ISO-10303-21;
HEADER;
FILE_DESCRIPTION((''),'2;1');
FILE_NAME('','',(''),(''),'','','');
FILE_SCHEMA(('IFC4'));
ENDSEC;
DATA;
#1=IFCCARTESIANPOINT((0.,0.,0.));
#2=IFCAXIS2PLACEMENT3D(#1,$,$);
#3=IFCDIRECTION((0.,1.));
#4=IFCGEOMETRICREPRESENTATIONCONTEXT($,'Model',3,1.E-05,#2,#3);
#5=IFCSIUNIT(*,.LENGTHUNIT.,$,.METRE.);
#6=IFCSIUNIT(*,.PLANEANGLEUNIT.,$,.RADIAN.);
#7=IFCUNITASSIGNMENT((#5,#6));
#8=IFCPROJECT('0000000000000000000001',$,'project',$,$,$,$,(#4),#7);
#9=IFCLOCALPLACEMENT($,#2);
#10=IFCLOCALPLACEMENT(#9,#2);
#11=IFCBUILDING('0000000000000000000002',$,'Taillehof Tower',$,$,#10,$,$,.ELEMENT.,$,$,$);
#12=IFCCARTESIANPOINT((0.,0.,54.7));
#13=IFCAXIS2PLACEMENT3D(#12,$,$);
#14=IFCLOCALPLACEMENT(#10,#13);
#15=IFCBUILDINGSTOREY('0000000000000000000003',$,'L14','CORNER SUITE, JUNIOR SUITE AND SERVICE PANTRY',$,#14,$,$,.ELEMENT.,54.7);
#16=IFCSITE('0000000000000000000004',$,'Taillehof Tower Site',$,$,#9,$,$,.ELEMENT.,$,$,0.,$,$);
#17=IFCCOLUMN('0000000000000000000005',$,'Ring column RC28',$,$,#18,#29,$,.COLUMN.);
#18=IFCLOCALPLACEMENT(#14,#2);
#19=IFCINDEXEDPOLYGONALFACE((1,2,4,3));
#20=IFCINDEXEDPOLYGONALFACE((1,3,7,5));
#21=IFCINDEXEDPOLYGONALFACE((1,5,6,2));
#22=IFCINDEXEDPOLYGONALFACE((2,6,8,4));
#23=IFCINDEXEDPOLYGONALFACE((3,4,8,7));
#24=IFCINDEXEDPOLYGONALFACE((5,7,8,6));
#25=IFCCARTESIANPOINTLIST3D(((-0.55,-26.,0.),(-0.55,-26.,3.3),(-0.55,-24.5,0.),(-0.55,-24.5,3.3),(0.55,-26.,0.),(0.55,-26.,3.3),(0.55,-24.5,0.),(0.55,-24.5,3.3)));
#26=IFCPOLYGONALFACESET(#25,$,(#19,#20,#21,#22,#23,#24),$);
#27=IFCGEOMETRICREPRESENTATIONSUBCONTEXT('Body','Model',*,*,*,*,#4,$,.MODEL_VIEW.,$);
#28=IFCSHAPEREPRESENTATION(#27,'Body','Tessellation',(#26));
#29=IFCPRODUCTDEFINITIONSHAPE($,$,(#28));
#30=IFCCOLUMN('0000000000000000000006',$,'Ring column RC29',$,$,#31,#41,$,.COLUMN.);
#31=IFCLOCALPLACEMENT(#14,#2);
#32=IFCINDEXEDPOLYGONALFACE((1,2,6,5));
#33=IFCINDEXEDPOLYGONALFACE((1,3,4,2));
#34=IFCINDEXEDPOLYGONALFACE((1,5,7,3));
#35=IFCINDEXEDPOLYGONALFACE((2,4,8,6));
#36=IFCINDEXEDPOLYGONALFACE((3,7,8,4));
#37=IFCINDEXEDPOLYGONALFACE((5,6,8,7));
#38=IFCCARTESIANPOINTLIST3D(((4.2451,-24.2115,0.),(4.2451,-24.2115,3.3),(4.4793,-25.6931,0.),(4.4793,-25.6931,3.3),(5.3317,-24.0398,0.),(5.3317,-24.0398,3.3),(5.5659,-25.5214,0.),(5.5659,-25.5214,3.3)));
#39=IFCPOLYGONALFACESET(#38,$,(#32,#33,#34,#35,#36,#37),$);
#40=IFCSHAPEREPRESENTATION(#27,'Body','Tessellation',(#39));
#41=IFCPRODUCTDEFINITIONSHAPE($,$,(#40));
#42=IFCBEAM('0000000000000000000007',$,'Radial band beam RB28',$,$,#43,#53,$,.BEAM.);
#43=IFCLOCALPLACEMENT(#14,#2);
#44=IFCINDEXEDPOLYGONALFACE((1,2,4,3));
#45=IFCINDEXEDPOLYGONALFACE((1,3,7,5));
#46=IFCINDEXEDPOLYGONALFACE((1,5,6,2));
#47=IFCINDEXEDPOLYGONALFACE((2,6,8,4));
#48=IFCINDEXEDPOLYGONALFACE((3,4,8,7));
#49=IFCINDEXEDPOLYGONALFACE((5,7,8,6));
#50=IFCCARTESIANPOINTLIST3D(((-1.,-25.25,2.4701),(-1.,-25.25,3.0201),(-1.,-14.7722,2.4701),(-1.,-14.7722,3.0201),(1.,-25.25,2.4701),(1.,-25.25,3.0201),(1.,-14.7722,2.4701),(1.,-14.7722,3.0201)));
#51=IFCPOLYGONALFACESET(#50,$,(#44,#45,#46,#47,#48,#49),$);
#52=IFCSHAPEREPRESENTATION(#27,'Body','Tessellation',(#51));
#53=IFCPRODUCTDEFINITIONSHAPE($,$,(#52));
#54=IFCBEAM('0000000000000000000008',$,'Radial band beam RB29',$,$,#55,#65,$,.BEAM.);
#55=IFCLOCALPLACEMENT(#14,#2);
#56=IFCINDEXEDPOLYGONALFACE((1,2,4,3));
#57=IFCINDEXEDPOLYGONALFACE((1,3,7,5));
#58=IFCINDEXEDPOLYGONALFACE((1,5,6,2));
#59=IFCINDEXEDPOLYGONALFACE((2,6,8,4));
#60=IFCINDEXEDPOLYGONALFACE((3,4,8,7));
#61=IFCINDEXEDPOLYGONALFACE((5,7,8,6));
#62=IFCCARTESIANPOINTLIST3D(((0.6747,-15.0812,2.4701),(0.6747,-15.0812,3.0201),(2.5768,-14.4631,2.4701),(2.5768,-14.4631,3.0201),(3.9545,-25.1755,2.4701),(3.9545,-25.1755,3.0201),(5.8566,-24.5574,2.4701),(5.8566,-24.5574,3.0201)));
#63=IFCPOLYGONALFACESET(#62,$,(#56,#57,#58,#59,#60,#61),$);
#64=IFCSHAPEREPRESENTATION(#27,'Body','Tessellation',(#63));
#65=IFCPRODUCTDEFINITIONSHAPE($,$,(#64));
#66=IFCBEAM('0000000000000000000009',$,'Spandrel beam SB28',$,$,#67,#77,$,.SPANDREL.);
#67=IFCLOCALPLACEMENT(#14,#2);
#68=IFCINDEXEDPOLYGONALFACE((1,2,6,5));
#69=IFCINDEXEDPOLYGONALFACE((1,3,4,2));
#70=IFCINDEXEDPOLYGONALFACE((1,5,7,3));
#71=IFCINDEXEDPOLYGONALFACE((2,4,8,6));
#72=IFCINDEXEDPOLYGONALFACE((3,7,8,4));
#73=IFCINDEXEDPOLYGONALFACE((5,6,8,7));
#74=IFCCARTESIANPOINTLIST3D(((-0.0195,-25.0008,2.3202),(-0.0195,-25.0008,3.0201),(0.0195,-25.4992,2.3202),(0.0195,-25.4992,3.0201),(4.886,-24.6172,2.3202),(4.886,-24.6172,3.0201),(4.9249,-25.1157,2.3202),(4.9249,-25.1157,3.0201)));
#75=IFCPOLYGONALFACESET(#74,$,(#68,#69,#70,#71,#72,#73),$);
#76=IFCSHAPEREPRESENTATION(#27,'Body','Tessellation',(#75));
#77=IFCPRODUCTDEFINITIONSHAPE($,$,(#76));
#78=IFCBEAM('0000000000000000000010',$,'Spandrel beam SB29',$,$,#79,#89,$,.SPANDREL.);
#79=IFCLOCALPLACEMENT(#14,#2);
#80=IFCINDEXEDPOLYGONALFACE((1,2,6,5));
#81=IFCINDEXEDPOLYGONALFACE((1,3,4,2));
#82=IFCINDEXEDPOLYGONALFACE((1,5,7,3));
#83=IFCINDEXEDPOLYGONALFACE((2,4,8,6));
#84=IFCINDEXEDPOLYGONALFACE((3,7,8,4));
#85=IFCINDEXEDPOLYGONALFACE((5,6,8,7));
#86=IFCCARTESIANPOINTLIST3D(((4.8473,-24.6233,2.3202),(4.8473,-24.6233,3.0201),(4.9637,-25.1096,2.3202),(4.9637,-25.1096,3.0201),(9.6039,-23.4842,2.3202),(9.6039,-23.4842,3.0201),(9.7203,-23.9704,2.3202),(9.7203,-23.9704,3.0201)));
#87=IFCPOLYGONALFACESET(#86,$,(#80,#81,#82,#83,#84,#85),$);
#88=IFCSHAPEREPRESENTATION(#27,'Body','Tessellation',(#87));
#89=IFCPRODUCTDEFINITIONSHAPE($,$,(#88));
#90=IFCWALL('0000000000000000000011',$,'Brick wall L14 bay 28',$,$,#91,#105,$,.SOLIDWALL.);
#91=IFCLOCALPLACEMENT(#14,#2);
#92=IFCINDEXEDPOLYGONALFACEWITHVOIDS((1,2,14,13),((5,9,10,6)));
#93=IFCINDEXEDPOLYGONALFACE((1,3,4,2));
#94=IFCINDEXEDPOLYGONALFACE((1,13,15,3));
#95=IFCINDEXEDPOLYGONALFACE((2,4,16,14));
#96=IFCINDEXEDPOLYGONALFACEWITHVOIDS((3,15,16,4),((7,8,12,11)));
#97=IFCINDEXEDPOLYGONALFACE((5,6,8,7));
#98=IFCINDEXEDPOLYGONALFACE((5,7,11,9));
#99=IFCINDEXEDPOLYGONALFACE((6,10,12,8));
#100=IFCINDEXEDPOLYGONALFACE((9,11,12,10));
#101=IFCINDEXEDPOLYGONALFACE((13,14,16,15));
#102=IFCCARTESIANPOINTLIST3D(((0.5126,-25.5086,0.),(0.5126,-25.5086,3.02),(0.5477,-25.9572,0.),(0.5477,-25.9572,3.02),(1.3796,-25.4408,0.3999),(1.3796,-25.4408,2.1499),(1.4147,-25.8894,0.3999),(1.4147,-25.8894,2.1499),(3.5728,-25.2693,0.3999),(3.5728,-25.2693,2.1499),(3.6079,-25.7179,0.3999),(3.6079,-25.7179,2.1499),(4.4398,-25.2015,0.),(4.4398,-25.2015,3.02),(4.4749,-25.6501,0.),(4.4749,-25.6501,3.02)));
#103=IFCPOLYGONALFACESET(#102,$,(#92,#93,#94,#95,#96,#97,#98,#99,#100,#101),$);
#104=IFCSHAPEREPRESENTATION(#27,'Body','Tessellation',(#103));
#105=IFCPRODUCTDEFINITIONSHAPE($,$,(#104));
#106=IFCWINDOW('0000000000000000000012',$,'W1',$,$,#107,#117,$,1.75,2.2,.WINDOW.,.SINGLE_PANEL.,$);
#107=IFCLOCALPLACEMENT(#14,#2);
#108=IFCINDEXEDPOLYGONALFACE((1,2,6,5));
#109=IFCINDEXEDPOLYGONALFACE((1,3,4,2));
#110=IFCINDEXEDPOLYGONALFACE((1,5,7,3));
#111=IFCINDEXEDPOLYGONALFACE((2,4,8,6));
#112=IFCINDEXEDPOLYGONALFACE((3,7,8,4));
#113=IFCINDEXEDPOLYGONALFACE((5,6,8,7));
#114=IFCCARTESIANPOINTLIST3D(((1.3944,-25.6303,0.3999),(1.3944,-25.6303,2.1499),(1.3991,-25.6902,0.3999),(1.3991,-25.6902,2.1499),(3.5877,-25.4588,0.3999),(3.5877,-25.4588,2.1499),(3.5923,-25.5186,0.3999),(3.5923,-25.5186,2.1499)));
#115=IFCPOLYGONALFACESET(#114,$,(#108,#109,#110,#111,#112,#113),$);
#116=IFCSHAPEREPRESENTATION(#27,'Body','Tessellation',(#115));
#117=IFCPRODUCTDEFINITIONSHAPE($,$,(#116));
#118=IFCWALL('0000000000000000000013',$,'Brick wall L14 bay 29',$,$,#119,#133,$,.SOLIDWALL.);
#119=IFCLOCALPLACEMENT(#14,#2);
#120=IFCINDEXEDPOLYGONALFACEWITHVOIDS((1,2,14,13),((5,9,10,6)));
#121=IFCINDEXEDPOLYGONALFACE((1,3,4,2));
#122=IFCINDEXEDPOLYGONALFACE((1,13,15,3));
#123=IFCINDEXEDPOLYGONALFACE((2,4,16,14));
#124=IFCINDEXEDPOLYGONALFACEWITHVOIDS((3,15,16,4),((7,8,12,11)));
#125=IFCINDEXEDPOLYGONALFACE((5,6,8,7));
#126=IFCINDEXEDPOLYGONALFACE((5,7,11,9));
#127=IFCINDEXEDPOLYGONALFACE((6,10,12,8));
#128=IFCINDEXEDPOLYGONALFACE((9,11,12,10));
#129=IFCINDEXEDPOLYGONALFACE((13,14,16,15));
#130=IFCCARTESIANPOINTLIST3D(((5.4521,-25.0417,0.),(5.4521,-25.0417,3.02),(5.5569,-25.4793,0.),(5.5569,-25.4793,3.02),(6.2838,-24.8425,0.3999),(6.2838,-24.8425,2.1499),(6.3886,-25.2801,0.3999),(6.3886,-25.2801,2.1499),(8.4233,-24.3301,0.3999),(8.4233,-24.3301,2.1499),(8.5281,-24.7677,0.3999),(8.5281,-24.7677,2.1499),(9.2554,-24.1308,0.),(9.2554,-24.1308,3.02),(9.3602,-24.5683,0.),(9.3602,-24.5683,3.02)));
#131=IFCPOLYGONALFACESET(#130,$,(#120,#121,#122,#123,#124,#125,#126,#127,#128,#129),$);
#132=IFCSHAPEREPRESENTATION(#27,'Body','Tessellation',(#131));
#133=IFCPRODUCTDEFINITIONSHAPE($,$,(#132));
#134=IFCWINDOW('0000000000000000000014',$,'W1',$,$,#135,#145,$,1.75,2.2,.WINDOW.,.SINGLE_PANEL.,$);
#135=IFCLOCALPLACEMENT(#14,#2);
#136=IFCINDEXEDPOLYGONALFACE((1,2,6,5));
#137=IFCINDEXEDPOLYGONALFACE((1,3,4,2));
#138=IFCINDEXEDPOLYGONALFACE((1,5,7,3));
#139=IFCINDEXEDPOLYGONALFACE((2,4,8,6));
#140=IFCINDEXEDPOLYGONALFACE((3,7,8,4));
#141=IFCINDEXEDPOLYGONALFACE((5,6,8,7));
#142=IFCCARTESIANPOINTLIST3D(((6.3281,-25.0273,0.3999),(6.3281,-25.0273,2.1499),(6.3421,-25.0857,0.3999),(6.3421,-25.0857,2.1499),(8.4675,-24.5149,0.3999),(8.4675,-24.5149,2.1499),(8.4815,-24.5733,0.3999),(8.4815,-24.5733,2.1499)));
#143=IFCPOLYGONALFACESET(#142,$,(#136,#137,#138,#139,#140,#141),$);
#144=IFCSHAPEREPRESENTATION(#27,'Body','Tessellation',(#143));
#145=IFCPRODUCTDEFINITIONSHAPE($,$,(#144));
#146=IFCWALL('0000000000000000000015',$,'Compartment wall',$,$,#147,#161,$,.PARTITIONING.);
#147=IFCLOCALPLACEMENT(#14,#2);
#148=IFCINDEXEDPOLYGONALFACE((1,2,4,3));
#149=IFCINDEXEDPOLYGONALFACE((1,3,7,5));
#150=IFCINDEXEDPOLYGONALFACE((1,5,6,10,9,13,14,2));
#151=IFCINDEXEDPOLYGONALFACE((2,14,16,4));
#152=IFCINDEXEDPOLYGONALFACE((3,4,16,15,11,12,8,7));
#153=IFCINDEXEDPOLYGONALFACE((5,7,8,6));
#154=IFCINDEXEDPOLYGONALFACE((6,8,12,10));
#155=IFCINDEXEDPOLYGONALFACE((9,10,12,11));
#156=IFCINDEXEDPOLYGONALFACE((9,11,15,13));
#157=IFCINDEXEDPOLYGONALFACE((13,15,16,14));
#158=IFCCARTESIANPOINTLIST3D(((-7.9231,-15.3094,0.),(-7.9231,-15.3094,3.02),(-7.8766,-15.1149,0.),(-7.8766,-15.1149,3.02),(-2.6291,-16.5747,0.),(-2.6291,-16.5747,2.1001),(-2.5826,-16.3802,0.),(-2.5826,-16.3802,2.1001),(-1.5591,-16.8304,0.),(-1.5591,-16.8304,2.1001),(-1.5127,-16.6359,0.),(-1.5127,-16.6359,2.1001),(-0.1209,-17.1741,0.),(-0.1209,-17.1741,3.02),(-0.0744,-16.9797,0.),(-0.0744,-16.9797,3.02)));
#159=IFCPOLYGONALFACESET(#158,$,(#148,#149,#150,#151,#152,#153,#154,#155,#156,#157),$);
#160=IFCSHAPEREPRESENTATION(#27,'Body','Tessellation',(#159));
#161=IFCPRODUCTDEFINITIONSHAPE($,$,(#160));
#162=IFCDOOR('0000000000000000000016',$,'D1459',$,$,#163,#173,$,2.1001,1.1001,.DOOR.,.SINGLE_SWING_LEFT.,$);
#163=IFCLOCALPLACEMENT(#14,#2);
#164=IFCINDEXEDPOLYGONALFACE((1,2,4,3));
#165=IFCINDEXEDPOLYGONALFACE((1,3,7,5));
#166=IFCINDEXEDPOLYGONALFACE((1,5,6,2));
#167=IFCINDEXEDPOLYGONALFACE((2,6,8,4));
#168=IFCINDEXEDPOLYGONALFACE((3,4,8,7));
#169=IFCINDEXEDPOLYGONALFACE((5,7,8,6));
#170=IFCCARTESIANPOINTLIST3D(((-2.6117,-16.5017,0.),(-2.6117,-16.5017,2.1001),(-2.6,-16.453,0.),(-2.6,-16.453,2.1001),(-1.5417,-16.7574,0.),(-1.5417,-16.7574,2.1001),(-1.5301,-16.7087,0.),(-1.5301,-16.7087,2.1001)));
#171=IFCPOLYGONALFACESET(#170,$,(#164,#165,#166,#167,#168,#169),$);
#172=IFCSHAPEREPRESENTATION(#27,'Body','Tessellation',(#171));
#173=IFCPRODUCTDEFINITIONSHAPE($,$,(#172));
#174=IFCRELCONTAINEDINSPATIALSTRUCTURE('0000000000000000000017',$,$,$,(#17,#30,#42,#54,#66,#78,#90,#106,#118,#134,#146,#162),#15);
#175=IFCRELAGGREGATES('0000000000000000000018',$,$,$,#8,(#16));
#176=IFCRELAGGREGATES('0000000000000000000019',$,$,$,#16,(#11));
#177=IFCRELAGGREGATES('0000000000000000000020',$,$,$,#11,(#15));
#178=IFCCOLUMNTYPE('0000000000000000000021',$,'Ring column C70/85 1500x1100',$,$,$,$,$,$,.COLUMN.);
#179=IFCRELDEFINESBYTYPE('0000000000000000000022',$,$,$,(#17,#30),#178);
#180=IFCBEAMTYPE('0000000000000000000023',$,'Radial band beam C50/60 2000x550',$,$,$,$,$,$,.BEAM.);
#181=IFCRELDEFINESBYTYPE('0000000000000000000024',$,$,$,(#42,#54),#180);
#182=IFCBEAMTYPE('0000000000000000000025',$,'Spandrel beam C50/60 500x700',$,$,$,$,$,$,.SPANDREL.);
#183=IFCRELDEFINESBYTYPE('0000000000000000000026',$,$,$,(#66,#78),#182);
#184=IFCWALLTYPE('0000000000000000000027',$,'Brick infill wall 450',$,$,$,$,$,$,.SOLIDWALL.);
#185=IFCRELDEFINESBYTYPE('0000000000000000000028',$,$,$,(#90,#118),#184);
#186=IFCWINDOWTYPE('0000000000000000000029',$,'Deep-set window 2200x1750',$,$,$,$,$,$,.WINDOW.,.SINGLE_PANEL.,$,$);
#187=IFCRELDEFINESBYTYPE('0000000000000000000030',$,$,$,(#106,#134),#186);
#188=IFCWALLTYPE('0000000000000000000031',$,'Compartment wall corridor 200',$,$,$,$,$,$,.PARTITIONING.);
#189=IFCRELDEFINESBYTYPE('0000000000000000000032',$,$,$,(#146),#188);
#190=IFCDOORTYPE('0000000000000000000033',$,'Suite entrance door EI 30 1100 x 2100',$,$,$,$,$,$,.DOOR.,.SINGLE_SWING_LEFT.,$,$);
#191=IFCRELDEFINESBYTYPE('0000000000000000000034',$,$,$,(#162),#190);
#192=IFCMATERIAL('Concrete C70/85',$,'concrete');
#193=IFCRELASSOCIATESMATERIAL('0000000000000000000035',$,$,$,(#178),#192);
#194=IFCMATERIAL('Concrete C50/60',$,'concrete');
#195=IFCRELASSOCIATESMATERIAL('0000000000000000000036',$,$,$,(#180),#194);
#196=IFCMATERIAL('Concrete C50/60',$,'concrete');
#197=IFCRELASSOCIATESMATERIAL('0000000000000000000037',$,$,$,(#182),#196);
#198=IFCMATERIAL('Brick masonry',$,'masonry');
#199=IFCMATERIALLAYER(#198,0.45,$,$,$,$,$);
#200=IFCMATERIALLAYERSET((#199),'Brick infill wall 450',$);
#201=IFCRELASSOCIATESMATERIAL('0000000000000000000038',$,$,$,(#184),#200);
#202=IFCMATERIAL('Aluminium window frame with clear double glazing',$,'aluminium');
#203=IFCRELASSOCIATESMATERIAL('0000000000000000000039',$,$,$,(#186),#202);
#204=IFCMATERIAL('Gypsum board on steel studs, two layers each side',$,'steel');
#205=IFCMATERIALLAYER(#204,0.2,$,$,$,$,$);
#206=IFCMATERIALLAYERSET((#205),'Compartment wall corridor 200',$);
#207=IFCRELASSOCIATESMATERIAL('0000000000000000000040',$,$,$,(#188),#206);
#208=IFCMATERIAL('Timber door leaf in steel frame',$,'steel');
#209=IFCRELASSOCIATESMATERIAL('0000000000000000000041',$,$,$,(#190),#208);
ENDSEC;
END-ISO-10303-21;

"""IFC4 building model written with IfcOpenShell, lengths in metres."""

from ifc_helpers import new_model, si_unit, direction, frame, frame_2d, origin, origin_2d, place, context, subcontext, project, spatial, rectangle, extrude, material, layer, layer_set, material_profile, profile_set, type_object, element, fill, save


model = new_model("IFC4")

# Units and contexts
model_context = context("Model", 3, precision=1e-05, world=origin(), true_north=direction((0.0, 1.0)))
body_context = subcontext(model_context, "Body", "Model", "MODEL_VIEW")
ifc_project = project(units=[si_unit("LENGTHUNIT", "METRE"), si_unit("PLANEANGLEUNIT", "RADIAN")], contexts=[model_context])

# Site, building, storey
site_placement = place(None, origin())
site = spatial("IfcSite", under=ifc_project, at=site_placement, Name="Taillehof Tower Site", CompositionType="ELEMENT", RefElevation=0.0)
building_placement = place(site_placement, origin())
building = spatial("IfcBuilding", under=site, at=building_placement, Name="Taillehof Tower", CompositionType="ELEMENT")
storey_placement = place(building_placement, frame((0.0, 0.0, 54.7)))
storey = spatial("IfcBuildingStorey", under=building, at=storey_placement, Name="L14", Description="CORNER SUITE, JUNIOR SUITE AND SERVICE PANTRY", CompositionType="ELEMENT", Elevation=54.7)

# Columns
ifc_material_1 = material(Name="Concrete C70/85", Category="concrete")
ifc_material_profile_1 = material_profile(ifc_material_1, rectangle(XDim=1.5, YDim=1.1001, at=origin_2d()), Name="RC 1500x1100")
ifc_profile_set_1 = profile_set([ifc_material_profile_1], Name="Concrete C70/85")
column_type = type_object("IfcColumnType", Name="Ring column C70/85 1500x1100", PredefinedType="COLUMN", material=ifc_profile_set_1)
for number, where, z_axis, x_axis, name in (
    (1, (0.0, -25.25, 0.0), (0.0, 0.0, 1.0), (0.0, -1.0, 0.0), "Ring column RC28"),
    (2, (4.9055, -24.8665, 0.0), (0.0, 0.0, 1.0), (0.156147, -0.987734, 0.0), "Ring column RC29"),
):
    element("IfcColumn", number, at=place(storey_placement, frame(where, z_axis=z_axis, x_axis=x_axis)), inside=storey, type_object=column_type, Name=name, PredefinedType="COLUMN", context=body_context, shape_type="SweptSolid", body=[
        extrude(rectangle(XDim=1.5, YDim=1.1001, at=origin_2d()), origin(), (0.0, 0.0, 1.0), 3.3),
    ])

# Beams
ifc_material_2 = material(Name="Concrete C50/60", Category="concrete")
ifc_material_profile_2 = material_profile(ifc_material_2, rectangle(XDim=2.0, YDim=0.55, at=origin_2d()), Name="RC 2000x550")
ifc_profile_set_2 = profile_set([ifc_material_profile_2], Name="Concrete C50/60")
beam_type_1 = type_object("IfcBeamType", Name="Radial band beam C50/60 2000x550", PredefinedType="BEAM", material=ifc_profile_set_2)
beam_1_placement = place(storey_placement, frame((0.0, -25.25, 2.7451), z_axis=(0.0, 1.0, 0.0), x_axis=(-1.0, 0.0, 0.0)))
element("IfcBeam", 3, at=beam_1_placement, inside=storey, type_object=beam_type_1, Name="Radial band beam RB28", PredefinedType="BEAM", context=body_context, shape_type="SweptSolid", body=[
    extrude(rectangle(XDim=2.0, YDim=0.55, at=origin_2d()), origin(), (0.0, 0.0, 1.0), 10.4778),
])
beam_2_placement = place(storey_placement, frame((4.9055, -24.8665, 2.7451), z_axis=(-0.309014, 0.951057, 0.0), x_axis=(-0.951057, -0.309014, 0.0)))
element("IfcBeam", 4, at=beam_2_placement, inside=storey, type_object=beam_type_1, Name="Radial band beam RB29", PredefinedType="BEAM", context=body_context, shape_type="SweptSolid", body=[
    extrude(rectangle(XDim=2.0, YDim=0.55, at=origin_2d()), origin(), (0.0, 0.0, 1.0), 10.6138),
])
ifc_material_3 = material(Name="Concrete C50/60", Category="concrete")
ifc_material_profile_3 = material_profile(ifc_material_3, rectangle(XDim=0.5, YDim=0.7, at=origin_2d()), Name="RC 500x700")
ifc_profile_set_3 = profile_set([ifc_material_profile_3], Name="Concrete C50/60")
beam_type_2 = type_object("IfcBeamType", Name="Spandrel beam C50/60 500x700", PredefinedType="SPANDREL", material=ifc_profile_set_3)
beam_3_placement = place(storey_placement, frame((0.0, -25.25, 2.6702), z_axis=(0.996957, 0.077949, 0.0), x_axis=(-0.077949, 0.996957, 0.0)))
element("IfcBeam", 5, at=beam_3_placement, inside=storey, type_object=beam_type_2, Name="Spandrel beam SB28", PredefinedType="SPANDREL", context=body_context, shape_type="SweptSolid", body=[
    extrude(rectangle(XDim=0.5, YDim=0.7, at=origin_2d()), origin(), (0.0, 0.0, 1.0), 4.9204),
])
beam_4_placement = place(storey_placement, frame((4.9055, -24.8665, 2.6702), z_axis=(0.9725, 0.232905, 0.0), x_axis=(-0.232905, 0.9725, 0.0)))
element("IfcBeam", 6, at=beam_4_placement, inside=storey, type_object=beam_type_2, Name="Spandrel beam SB29", PredefinedType="SPANDREL", context=body_context, shape_type="SweptSolid", body=[
    extrude(rectangle(XDim=0.5, YDim=0.7, at=origin_2d()), origin(), (0.0, 0.0, 1.0), 4.8911),
])

# Walls, openings, windows
ifc_material_4 = material(Name="Brick masonry", Category="masonry")
ifc_layer_1 = layer(ifc_material_4, 0.45)
ifc_layer_set_1 = layer_set([ifc_layer_1], Name="Brick infill wall 450")
wall_type_1 = type_object("IfcWallType", Name="Brick infill wall 450", PredefinedType="SOLIDWALL", material=ifc_layer_set_1)
wall_1_placement = place(storey_placement, frame((0.53, -25.7329, 0.0), z_axis=(0.0, 0.0, 1.0), x_axis=(0.996956, 0.077967, 0.0)))
wall_1 = element("IfcWall", 7, at=wall_1_placement, inside=storey, type_object=wall_type_1, Name="Brick wall L14 bay 28", PredefinedType="SOLIDWALL", context=body_context, shape_type="SweptSolid", body=[
    extrude(rectangle(XDim=3.9392, YDim=0.45, at=frame_2d((1.9697, 0.0))), origin(), (0.0, 0.0, 1.0), 3.02),
])
opening_1_placement = place(wall_1_placement, frame((0.8696, 0.0, 0.3999)))
opening_1 = element("IfcOpeningElement", 8, at=opening_1_placement, cuts=wall_1, PredefinedType="OPENING", context=body_context, shape_type="SweptSolid", body=[
    extrude(rectangle(XDim=2.2, YDim=1.75, at=frame_2d((1.1001, 0.875))), frame((0.0, 0.2349, 0.0), z_axis=(0.0, -1.0, 0.0), x_axis=(1.0, 0.0, 0.0)), (0.0, 0.0, 1.0), 0.47),
])
ifc_material_5 = material(Name="Aluminium window frame with clear double glazing", Category="aluminium")
window_type = type_object("IfcWindowType", Name="Deep-set window 2200x1750", PartitioningType="SINGLE_PANEL", PredefinedType="WINDOW", material=ifc_material_5)
window_1_placement = place(opening_1_placement, origin())
window_1 = element("IfcWindow", 9, at=window_1_placement, inside=storey, type_object=window_type, Name="W1", OverallHeight=1.75, OverallWidth=2.2, PartitioningType="SINGLE_PANEL", PredefinedType="WINDOW", context=body_context, shape_type="SweptSolid", body=[
    extrude(rectangle(XDim=2.2, YDim=1.75, at=frame_2d((1.1001, 0.875))), frame((0.0, 0.0349, 0.0), z_axis=(0.0, -1.0, 0.0), x_axis=(1.0, 0.0, 0.0)), (0.0, 0.0, 1.0), 0.0601),
])
fill(opening_1, window_1)
wall_2_placement = place(storey_placement, frame((5.5044, -25.2605, 0.0), z_axis=(0.0, 0.0, 1.0), x_axis=(0.972497, 0.232917, 0.0)))
wall_2 = element("IfcWall", 10, at=wall_2_placement, inside=storey, type_object=wall_type_1, Name="Brick wall L14 bay 29", PredefinedType="SOLIDWALL", context=body_context, shape_type="SweptSolid", body=[
    extrude(rectangle(XDim=3.9109, YDim=0.45, at=frame_2d((1.9556, 0.0))), origin(), (0.0, 0.0, 1.0), 3.02),
])
opening_2_placement = place(wall_2_placement, frame((0.8552, 0.0, 0.3999)))
opening_2 = element("IfcOpeningElement", 11, at=opening_2_placement, cuts=wall_2, PredefinedType="OPENING", context=body_context, shape_type="SweptSolid", body=[
    extrude(rectangle(XDim=2.2, YDim=1.75, at=frame_2d((1.1001, 0.875))), frame((0.0, 0.2349, 0.0), z_axis=(0.0, -1.0, 0.0), x_axis=(1.0, 0.0, 0.0)), (0.0, 0.0, 1.0), 0.47),
])
window_2_placement = place(opening_2_placement, origin())
window_2 = element("IfcWindow", 12, at=window_2_placement, inside=storey, type_object=window_type, Name="W1", OverallHeight=1.75, OverallWidth=2.2, PartitioningType="SINGLE_PANEL", PredefinedType="WINDOW", context=body_context, shape_type="SweptSolid", body=[
    extrude(rectangle(XDim=2.2, YDim=1.75, at=frame_2d((1.1001, 0.875))), frame((0.0, 0.0349, 0.0), z_axis=(0.0, -1.0, 0.0), x_axis=(1.0, 0.0, 0.0)), (0.0, 0.0, 1.0), 0.0601),
])
fill(opening_2, window_2)

# Wall, opening, door
ifc_material_6 = material(Name="Gypsum board on steel studs, two layers each side", Category="steel")
ifc_layer_2 = layer(ifc_material_6, 0.2)
ifc_layer_set_2 = layer_set([ifc_layer_2], Name="Compartment wall corridor 200")
wall_type_2 = type_object("IfcWallType", Name="Compartment wall corridor 200", PredefinedType="PARTITIONING", material=ifc_layer_set_2)
wall_3_placement = place(storey_placement, frame((-0.0977, -17.0769, 0.0), z_axis=(0.0, 0.0, 1.0), x_axis=(-0.972607, 0.232454, 0.0)))
wall_3 = element("IfcWall", 13, at=wall_3_placement, inside=storey, type_object=wall_type_2, Name="Compartment wall", PredefinedType="PARTITIONING", context=body_context, shape_type="SweptSolid", body=[
    extrude(rectangle(XDim=8.022, YDim=0.2, at=frame_2d((4.011, 0.0))), origin(), (0.0, 0.0, 1.0), 3.02),
])
opening_3_placement = place(wall_3_placement, frame((1.4788, 0.0, 0.0)))
opening_3 = element("IfcOpeningElement", 14, at=opening_3_placement, cuts=wall_3, PredefinedType="OPENING", context=body_context, shape_type="SweptSolid", body=[
    extrude(rectangle(XDim=1.1001, YDim=2.1001, at=frame_2d((0.55, 1.05))), frame((0.0, 0.1099, 0.0), z_axis=(0.0, -1.0, 0.0), x_axis=(1.0, 0.0, 0.0)), (0.0, 0.0, 1.0), 0.22),
])
ifc_material_7 = material(Name="Timber door leaf in steel frame", Category="steel")
door_type = type_object("IfcDoorType", Name="Suite entrance door EI 30 1100 x 2100", OperationType="SINGLE_SWING_LEFT", PredefinedType="DOOR", material=ifc_material_7)
door_placement = place(opening_3_placement, origin())
door = element("IfcDoor", 15, at=door_placement, inside=storey, type_object=door_type, Name="D1459", OperationType="SINGLE_SWING_LEFT", OverallHeight=2.1001, OverallWidth=1.1001, PredefinedType="DOOR", context=body_context, shape_type="SweptSolid", body=[
    extrude(rectangle(XDim=1.1001, YDim=2.1001, at=frame_2d((0.55, 1.05))), frame((0.0, 0.0249, 0.0), z_axis=(0.0, -1.0, 0.0), x_axis=(1.0, 0.0, 0.0)), (0.0, 0.0, 1.0), 0.05),
])
fill(opening_3, door)

save(model, "model.ifc")
